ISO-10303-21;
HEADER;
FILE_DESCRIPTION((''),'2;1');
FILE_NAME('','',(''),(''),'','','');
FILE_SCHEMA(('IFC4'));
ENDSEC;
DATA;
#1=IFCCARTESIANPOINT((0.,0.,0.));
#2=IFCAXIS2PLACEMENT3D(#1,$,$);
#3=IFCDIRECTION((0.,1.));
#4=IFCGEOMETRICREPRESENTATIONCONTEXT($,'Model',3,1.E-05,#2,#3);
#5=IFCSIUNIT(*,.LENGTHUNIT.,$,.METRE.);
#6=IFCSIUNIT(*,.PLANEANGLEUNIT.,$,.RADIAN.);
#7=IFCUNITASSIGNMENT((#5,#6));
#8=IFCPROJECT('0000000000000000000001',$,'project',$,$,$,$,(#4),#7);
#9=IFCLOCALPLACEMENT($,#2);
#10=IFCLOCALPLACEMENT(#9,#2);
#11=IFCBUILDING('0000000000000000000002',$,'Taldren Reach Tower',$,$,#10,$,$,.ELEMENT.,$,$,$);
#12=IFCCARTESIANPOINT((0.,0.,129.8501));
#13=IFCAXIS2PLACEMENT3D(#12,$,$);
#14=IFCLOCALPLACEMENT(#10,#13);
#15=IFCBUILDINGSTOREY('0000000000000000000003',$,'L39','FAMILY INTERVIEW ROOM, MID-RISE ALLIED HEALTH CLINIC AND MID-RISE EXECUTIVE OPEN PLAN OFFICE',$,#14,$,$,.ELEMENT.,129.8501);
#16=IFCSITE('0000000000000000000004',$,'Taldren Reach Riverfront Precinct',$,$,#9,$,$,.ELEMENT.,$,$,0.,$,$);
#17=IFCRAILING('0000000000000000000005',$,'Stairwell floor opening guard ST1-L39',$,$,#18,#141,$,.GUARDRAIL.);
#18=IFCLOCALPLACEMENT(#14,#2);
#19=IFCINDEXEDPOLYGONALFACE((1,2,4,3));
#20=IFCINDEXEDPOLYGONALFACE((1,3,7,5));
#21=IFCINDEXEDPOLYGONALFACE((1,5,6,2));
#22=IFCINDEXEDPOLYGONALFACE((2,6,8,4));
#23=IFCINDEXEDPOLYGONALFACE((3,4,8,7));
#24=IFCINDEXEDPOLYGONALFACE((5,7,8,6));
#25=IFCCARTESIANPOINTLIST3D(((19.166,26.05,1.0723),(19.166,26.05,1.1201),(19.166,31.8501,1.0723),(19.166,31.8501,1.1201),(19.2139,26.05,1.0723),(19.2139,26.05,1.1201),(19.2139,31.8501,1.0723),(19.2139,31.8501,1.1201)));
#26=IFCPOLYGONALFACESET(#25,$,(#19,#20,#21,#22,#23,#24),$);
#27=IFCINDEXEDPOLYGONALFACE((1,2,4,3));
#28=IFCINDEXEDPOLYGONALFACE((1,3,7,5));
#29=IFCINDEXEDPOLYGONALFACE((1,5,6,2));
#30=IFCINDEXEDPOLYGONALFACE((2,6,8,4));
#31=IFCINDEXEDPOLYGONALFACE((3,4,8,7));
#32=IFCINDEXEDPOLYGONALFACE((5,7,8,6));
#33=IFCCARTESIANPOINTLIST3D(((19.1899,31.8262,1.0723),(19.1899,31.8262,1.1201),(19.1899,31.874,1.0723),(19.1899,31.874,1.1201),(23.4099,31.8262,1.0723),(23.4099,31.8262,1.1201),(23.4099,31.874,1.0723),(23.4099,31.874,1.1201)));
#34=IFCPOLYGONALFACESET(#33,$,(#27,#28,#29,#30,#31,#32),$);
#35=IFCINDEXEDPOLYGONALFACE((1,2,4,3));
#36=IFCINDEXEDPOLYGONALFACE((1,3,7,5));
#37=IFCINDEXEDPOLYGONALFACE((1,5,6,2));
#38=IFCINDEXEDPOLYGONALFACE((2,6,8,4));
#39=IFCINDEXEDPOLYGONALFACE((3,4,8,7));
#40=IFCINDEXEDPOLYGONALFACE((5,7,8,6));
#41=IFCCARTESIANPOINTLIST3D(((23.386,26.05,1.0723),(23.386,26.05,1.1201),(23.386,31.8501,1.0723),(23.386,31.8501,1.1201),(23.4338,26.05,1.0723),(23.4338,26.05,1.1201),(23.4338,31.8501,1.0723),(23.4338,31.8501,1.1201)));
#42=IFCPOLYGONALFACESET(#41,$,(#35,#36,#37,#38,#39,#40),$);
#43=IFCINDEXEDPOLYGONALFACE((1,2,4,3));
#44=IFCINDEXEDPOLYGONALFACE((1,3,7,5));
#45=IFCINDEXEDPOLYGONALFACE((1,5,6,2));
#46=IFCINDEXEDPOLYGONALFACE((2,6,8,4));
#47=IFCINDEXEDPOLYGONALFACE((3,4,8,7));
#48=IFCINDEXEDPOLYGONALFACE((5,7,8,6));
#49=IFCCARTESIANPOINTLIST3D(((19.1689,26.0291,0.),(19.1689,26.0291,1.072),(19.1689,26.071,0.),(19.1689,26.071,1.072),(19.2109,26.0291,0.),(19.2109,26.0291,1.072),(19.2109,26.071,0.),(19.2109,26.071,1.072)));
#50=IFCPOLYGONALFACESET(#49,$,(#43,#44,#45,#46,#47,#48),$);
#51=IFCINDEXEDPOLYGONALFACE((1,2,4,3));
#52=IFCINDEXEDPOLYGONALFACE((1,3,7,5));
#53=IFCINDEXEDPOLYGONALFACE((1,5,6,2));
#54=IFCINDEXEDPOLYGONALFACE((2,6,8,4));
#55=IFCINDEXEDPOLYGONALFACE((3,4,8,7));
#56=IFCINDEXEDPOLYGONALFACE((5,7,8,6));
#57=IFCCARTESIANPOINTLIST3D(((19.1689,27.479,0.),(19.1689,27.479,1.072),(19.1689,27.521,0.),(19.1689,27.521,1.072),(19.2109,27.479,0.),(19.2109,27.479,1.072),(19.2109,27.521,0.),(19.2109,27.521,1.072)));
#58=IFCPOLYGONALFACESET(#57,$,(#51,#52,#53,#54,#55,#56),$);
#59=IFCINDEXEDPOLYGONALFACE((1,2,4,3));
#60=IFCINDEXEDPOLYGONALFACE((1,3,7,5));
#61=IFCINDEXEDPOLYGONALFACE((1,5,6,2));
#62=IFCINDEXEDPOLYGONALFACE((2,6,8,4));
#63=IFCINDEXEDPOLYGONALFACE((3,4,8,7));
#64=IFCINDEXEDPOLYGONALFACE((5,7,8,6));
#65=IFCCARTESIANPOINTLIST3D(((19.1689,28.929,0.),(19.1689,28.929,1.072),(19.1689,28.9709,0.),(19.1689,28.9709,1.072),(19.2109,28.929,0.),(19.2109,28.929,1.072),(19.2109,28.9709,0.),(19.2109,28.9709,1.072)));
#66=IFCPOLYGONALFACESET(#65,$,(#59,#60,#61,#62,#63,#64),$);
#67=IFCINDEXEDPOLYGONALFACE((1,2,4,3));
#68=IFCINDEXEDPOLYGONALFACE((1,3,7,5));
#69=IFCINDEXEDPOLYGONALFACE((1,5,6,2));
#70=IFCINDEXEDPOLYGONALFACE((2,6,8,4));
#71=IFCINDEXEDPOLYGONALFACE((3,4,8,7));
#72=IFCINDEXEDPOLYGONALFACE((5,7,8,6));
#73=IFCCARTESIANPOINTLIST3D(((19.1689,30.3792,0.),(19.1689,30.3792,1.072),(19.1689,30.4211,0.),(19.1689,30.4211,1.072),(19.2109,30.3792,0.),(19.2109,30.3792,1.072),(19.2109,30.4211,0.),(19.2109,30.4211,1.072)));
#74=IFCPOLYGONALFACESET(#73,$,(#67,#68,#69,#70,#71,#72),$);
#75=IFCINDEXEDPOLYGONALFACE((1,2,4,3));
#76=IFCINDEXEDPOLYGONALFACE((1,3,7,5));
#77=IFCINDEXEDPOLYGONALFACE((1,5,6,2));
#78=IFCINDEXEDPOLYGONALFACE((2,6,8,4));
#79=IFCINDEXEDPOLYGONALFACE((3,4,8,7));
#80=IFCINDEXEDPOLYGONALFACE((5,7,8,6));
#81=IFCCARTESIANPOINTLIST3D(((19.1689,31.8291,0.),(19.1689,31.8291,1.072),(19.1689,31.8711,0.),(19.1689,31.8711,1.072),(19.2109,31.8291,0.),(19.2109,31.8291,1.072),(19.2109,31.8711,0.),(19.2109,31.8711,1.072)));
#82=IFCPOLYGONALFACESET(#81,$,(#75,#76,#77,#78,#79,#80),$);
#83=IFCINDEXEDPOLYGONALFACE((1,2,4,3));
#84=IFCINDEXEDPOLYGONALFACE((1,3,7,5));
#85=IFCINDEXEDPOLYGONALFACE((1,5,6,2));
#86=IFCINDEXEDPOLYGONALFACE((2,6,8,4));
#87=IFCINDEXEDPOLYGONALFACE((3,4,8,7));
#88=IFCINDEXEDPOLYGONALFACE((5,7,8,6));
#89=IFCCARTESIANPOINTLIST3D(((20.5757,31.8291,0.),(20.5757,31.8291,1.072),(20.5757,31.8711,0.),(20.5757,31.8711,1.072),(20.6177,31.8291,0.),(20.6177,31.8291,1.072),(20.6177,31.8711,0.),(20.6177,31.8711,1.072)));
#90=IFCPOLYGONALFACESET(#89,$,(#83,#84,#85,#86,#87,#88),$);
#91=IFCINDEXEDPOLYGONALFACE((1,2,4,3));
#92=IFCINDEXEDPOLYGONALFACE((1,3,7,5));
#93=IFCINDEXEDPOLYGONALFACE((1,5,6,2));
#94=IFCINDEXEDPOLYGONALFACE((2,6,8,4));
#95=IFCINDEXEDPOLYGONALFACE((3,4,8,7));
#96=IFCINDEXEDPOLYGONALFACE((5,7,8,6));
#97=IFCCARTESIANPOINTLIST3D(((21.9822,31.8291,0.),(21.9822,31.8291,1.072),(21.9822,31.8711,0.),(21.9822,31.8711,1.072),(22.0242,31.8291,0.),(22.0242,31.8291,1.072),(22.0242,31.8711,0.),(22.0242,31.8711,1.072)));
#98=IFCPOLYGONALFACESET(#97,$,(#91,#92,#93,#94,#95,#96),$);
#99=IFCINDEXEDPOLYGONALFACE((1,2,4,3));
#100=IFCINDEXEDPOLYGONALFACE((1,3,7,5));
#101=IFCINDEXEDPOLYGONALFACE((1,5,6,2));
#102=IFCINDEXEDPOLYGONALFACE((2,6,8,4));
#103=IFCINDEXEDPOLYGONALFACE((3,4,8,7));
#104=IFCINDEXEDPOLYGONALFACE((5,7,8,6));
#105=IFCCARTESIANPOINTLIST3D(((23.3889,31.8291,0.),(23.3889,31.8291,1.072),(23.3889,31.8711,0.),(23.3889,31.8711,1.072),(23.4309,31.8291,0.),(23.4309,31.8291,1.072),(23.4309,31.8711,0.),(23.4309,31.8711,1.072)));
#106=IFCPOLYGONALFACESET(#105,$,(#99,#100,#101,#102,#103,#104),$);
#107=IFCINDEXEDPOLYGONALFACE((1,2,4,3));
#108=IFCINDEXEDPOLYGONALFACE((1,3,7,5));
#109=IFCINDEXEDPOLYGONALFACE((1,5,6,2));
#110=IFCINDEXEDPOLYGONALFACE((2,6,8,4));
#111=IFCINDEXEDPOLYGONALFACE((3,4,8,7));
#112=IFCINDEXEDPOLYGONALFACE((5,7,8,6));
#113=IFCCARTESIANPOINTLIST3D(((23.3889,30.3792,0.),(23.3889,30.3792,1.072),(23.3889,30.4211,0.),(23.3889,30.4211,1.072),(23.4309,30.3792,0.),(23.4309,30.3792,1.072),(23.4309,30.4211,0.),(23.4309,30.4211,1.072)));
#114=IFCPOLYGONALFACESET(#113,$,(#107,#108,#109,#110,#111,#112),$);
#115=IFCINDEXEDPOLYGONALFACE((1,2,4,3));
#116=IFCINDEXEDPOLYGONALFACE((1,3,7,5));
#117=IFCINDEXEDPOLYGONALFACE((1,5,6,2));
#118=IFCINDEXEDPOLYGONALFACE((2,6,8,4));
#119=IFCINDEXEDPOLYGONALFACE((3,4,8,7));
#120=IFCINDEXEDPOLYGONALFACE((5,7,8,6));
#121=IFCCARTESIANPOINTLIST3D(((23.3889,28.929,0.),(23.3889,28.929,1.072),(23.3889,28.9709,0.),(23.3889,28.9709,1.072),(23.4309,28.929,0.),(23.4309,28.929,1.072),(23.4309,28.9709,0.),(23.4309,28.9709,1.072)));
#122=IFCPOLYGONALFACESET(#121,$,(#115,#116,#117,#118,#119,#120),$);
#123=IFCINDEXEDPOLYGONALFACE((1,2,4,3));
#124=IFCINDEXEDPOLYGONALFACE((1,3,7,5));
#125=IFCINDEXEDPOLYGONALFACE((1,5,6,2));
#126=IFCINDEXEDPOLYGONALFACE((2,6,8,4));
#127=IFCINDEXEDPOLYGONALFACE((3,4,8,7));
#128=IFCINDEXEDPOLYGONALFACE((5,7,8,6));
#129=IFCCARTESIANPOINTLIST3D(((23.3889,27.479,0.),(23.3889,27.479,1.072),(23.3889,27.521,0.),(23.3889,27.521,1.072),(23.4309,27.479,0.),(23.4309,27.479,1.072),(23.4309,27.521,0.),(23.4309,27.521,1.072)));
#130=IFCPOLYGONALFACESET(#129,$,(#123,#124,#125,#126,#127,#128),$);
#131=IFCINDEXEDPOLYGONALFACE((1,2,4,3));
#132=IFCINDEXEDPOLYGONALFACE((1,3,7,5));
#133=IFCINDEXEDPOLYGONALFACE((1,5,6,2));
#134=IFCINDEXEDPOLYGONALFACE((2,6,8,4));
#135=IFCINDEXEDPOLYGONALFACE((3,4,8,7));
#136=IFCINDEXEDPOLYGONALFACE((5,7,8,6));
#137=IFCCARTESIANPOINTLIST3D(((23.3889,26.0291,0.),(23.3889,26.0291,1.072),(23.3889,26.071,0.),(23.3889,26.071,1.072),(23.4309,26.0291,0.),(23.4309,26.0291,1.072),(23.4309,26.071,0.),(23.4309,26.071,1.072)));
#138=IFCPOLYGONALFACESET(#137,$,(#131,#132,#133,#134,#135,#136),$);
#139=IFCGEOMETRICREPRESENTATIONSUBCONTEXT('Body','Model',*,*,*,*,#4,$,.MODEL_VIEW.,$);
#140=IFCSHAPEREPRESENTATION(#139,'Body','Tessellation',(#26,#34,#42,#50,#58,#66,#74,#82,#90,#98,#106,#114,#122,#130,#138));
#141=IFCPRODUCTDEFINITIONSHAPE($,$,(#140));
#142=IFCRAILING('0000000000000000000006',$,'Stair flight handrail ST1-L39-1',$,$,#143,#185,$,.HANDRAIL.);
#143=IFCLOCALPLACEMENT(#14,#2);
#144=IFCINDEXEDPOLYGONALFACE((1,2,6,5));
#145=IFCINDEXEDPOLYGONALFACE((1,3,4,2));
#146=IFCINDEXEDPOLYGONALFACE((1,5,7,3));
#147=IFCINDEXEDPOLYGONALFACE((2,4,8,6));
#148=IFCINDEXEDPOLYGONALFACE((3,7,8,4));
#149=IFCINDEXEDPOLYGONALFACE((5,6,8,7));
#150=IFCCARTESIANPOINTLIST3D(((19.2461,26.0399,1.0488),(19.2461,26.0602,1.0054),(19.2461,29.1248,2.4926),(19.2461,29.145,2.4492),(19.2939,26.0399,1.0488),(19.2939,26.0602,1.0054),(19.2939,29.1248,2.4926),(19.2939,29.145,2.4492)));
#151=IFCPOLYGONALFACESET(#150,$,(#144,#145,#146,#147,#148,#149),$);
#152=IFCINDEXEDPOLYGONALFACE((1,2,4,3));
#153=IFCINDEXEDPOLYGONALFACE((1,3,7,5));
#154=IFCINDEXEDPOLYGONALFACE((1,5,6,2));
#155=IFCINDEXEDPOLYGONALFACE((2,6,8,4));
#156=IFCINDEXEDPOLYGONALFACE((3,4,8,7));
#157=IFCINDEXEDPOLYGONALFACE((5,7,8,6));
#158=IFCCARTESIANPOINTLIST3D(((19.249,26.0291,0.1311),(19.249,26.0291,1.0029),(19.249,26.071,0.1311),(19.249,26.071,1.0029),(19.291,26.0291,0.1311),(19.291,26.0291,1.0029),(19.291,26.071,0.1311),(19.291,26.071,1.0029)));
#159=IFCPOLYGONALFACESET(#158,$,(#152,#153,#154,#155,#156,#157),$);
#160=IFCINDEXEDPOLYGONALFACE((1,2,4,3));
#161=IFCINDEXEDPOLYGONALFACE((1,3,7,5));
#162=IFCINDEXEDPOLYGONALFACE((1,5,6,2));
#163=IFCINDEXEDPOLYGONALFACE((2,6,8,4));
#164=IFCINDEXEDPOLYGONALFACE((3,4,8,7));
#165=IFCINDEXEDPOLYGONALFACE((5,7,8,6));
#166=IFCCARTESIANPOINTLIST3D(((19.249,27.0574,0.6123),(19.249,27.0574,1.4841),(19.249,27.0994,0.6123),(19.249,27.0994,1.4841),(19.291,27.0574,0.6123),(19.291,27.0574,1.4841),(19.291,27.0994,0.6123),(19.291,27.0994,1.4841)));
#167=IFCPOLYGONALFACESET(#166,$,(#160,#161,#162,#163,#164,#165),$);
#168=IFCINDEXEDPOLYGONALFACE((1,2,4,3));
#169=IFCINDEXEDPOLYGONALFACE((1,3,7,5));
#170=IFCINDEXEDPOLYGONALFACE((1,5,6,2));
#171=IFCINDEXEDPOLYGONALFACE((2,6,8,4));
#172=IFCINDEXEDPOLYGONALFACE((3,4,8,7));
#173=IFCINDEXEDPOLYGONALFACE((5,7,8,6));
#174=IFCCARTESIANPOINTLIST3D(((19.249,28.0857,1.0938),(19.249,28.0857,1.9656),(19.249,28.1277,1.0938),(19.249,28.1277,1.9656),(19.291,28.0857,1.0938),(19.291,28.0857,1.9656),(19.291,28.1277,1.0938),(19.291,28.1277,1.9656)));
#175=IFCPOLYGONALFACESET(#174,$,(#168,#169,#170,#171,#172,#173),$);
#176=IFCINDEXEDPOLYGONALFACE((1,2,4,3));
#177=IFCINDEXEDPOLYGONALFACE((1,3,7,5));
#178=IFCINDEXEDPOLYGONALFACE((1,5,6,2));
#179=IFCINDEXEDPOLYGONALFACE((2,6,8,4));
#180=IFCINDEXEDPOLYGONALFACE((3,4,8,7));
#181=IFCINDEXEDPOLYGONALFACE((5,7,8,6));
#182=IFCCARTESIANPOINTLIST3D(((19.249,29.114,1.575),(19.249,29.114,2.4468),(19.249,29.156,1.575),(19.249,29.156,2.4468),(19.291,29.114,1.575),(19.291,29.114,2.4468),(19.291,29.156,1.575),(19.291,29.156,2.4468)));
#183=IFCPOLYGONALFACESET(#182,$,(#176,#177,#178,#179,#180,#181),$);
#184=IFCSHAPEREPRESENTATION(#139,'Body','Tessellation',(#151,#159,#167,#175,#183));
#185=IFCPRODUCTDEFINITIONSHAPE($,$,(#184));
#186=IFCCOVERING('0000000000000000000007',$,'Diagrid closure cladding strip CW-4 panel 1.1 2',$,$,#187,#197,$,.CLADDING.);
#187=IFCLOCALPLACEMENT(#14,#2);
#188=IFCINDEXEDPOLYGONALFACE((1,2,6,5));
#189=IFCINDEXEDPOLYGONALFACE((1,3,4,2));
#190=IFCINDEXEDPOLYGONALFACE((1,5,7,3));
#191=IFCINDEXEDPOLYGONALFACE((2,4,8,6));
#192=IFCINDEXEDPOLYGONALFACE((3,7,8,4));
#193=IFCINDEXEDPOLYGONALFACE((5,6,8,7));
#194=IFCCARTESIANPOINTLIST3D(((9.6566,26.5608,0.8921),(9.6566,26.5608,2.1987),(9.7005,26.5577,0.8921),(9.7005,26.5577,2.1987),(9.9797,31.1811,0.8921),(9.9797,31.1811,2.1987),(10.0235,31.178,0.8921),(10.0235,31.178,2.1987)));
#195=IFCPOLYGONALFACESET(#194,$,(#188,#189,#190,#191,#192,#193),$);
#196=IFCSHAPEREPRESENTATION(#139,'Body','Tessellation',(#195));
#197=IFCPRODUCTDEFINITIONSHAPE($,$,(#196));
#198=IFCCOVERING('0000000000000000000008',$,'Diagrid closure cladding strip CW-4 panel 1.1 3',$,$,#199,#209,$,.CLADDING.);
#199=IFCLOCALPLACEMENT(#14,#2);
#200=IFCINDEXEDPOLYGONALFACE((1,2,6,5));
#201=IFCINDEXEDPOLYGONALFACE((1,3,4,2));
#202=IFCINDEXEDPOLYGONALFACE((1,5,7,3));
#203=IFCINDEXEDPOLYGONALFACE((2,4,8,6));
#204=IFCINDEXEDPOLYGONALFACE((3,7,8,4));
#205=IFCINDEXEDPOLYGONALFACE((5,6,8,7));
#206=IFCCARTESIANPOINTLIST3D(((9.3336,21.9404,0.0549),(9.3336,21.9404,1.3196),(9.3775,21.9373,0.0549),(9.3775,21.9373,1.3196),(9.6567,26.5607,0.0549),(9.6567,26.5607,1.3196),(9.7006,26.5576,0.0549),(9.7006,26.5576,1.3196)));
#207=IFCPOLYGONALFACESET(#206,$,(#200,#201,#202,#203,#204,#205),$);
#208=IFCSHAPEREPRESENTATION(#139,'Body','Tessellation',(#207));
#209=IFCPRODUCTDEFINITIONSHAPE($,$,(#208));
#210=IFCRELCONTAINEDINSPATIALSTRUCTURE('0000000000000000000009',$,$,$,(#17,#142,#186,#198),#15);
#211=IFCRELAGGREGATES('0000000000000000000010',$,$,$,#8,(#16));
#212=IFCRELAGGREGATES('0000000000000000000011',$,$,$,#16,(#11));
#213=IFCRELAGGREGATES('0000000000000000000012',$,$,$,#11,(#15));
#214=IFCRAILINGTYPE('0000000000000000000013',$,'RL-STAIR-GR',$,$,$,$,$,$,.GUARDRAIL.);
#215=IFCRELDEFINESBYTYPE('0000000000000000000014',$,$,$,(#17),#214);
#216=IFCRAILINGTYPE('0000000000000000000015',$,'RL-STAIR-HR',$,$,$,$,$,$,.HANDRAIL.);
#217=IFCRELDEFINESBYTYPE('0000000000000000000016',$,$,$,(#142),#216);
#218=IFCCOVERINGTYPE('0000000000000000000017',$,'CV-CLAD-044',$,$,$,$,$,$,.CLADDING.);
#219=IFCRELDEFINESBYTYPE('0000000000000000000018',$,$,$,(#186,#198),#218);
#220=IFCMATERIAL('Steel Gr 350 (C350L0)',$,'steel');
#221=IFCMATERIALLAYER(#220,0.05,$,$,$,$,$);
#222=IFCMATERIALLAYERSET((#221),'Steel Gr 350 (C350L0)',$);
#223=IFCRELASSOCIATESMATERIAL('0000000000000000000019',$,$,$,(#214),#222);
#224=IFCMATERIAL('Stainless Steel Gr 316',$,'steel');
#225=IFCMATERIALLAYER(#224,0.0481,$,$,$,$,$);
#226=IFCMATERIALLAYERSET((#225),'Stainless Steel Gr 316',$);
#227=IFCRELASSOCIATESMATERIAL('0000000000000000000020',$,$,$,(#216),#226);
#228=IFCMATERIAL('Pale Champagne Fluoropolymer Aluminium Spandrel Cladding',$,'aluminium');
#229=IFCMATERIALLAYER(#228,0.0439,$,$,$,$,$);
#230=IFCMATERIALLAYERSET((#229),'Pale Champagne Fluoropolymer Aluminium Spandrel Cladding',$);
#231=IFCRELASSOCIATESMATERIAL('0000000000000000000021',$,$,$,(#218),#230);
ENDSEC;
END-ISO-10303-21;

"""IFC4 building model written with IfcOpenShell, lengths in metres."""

from ifc_helpers import new_model, si_unit, direction, frame, origin, origin_2d, place, context, subcontext, project, spatial, rectangle, extrude, source, transform, mapped, material, layer, layer_set, type_object, element, save


model = new_model("IFC4")

# Units and contexts
model_context = context("Model", 3, precision=1e-05, world=origin(), true_north=direction((0.0, 1.0)))
body_context = subcontext(model_context, "Body", "Model", "MODEL_VIEW")
ifc_project = project(units=[si_unit("LENGTHUNIT", "METRE"), si_unit("PLANEANGLEUNIT", "RADIAN")], contexts=[model_context])

# Site, building, storey
site_placement = place(None, origin())
site = spatial("IfcSite", under=ifc_project, at=site_placement, Name="Taldren Reach Riverfront Precinct", CompositionType="ELEMENT", RefElevation=0.0)
building_placement = place(site_placement, origin())
building = spatial("IfcBuilding", under=site, at=building_placement, Name="Taldren Reach Tower", CompositionType="ELEMENT")
storey_placement = place(building_placement, frame((0.0, 0.0, 129.8501)))
storey = spatial("IfcBuildingStorey", under=building, at=storey_placement, Name="L39", Description="FAMILY INTERVIEW ROOM, MID-RISE ALLIED HEALTH CLINIC AND MID-RISE EXECUTIVE OPEN PLAN OFFICE", CompositionType="ELEMENT", Elevation=129.8501)

# Shared definitions
ifc_material_1 = material(Name="Steel Gr 350 (C350L0)", Category="steel")

# Railings
ifc_layer_1 = layer(ifc_material_1, 0.05)
ifc_layer_set_1 = layer_set([ifc_layer_1], Name="Steel Gr 350 (C350L0)")
railing_type_1 = type_object("IfcRailingType", Name="RL-STAIR-GR", PredefinedType="GUARDRAIL", material=ifc_layer_set_1)
railing_1_placement = place(storey_placement, frame((19.1899, 26.05, 0.0)))
element("IfcRailing", 1, at=railing_1_placement, inside=storey, type_object=railing_type_1, Name="Stairwell floor opening guard ST1-L39", PredefinedType="GUARDRAIL", context=body_context, shape_type="SweptSolid", body=[
    extrude(rectangle(XDim=0.0479, YDim=0.0479, at=origin_2d()), frame((0.0, 0.0, 1.0962), z_axis=(0.0, 1.0, 0.0), x_axis=(-1.0, 0.0, 0.0)), (0.0, 0.0, 1.0), 5.8),
    extrude(rectangle(XDim=0.0479, YDim=0.0479, at=origin_2d()), frame((0.0, 5.8, 1.0962), z_axis=(1.0, 0.0, 0.0), x_axis=(0.0, 1.0, 0.0)), (0.0, 0.0, 1.0), 4.22),
    extrude(rectangle(XDim=0.0479, YDim=0.0479, at=origin_2d()), frame((4.22, 5.8, 1.0962), z_axis=(0.0, -1.0, 0.0), x_axis=(1.0, 0.0, 0.0)), (0.0, 0.0, 1.0), 5.8),
    extrude(rectangle(XDim=0.042, YDim=0.042, at=origin_2d()), origin(), (0.0, 0.0, 1.0), 1.072),
    extrude(rectangle(XDim=0.042, YDim=0.042, at=origin_2d()), frame((0.0, 1.45, 0.0)), (0.0, 0.0, 1.0), 1.072),
    extrude(rectangle(XDim=0.042, YDim=0.042, at=origin_2d()), frame((0.0, 2.8999, 0.0)), (0.0, 0.0, 1.0), 1.072),
    extrude(rectangle(XDim=0.042, YDim=0.042, at=origin_2d()), frame((0.0, 4.3501, 0.0)), (0.0, 0.0, 1.0), 1.072),
    extrude(rectangle(XDim=0.042, YDim=0.042, at=origin_2d()), frame((0.0, 5.8, 0.0)), (0.0, 0.0, 1.0), 1.072),
    extrude(rectangle(XDim=0.042, YDim=0.042, at=origin_2d()), frame((1.4067, 5.8, 0.0)), (0.0, 0.0, 1.0), 1.072),
    extrude(rectangle(XDim=0.042, YDim=0.042, at=origin_2d()), frame((2.8132, 5.8, 0.0)), (0.0, 0.0, 1.0), 1.072),
    extrude(rectangle(XDim=0.042, YDim=0.042, at=origin_2d()), frame((4.22, 5.8, 0.0)), (0.0, 0.0, 1.0), 1.072),
    extrude(rectangle(XDim=0.042, YDim=0.042, at=origin_2d()), frame((4.22, 4.3501, 0.0)), (0.0, 0.0, 1.0), 1.072),
    extrude(rectangle(XDim=0.042, YDim=0.042, at=origin_2d()), frame((4.22, 2.8999, 0.0)), (0.0, 0.0, 1.0), 1.072),
    extrude(rectangle(XDim=0.042, YDim=0.042, at=origin_2d()), frame((4.22, 1.45, 0.0)), (0.0, 0.0, 1.0), 1.072),
    extrude(rectangle(XDim=0.042, YDim=0.042, at=origin_2d()), frame((4.22, 0.0, 0.0)), (0.0, 0.0, 1.0), 1.072),
])
ifc_material_2 = material(Name="Stainless Steel Gr 316", Category="steel")
ifc_layer_2 = layer(ifc_material_2, 0.0481)
ifc_layer_set_2 = layer_set([ifc_layer_2], Name="Stainless Steel Gr 316")
railing_type_2 = type_object("IfcRailingType", Name="RL-STAIR-HR", PredefinedType="HANDRAIL", material=ifc_layer_set_2)
railing_2_placement = place(storey_placement, frame((19.27, 26.05, 0.1311)))
element("IfcRailing", 2, at=railing_2_placement, inside=storey, type_object=railing_type_2, Name="Stair flight handrail ST1-L39-1", PredefinedType="HANDRAIL", context=body_context, shape_type="SweptSolid", body=[
    extrude(rectangle(XDim=0.0479, YDim=0.0479, at=origin_2d()), frame((0.0, 0.0, 0.896), z_axis=(0.0, 0.90571, 0.423898), x_axis=(-1.0, 0.0, 0.0)), (0.0, 0.0, 1.0), 3.406),
    extrude(rectangle(XDim=0.042, YDim=0.042, at=origin_2d()), origin(), (0.0, 0.0, 1.0), 0.8718),
    extrude(rectangle(XDim=0.042, YDim=0.042, at=origin_2d()), frame((0.0, 1.0283, 0.4812)), (0.0, 0.0, 1.0), 0.8718),
    extrude(rectangle(XDim=0.042, YDim=0.042, at=origin_2d()), frame((0.0, 2.0566, 0.9626)), (0.0, 0.0, 1.0), 0.8718),
    extrude(rectangle(XDim=0.042, YDim=0.042, at=origin_2d()), frame((0.0, 3.085, 1.4438)), (0.0, 0.0, 1.0), 0.8718),
])

# Coverings
ifc_material_3 = material(Name="Pale Champagne Fluoropolymer Aluminium Spandrel Cladding", Category="aluminium")
ifc_layer_3 = layer(ifc_material_3, 0.0439)
ifc_layer_set_3 = layer_set([ifc_layer_3], Name="Pale Champagne Fluoropolymer Aluminium Spandrel Cladding")
covering_type = type_object("IfcCoveringType", Name="CV-CLAD-044", PredefinedType="CLADDING", material=ifc_layer_set_3)
shared_shape_1 = source(origin(), body_context, "Body", "SweptSolid", [
    extrude(rectangle(XDim=4.6316, YDim=0.0439, at=origin_2d()), origin(), (0.0, 0.0, 1.0), 1.3066),
])
covering_1_placement = place(storey_placement, frame((9.8401, 28.8694, 0.8921), z_axis=(0.0, 0.0, 1.0), x_axis=(-0.069756, -0.997564, 0.0)))
element("IfcCovering", 3, at=covering_1_placement, inside=storey, type_object=covering_type, Name="Diagrid closure cladding strip CW-4 panel 1.1 2", PredefinedType="CLADDING", context=body_context, shape_type="MappedRepresentation", body=[
    mapped(shared_shape_1, transform((0.0, 0.0, 0.0), scale=1.0)),
])
shared_shape_2 = source(origin(), body_context, "Body", "SweptSolid", [
    extrude(rectangle(XDim=4.6316, YDim=0.0439, at=origin_2d()), origin(), (0.0, 0.0, 1.0), 1.2646),
])
covering_2_placement = place(storey_placement, frame((9.5171, 24.249, 0.0549), z_axis=(0.0, 0.0, 1.0), x_axis=(-0.069756, -0.997564, 0.0)))
element("IfcCovering", 4, at=covering_2_placement, inside=storey, type_object=covering_type, Name="Diagrid closure cladding strip CW-4 panel 1.1 3", PredefinedType="CLADDING", context=body_context, shape_type="MappedRepresentation", body=[
    mapped(shared_shape_2, transform((0.0, 0.0, 0.0), scale=1.0)),
])

save(model, "model.ifc")
